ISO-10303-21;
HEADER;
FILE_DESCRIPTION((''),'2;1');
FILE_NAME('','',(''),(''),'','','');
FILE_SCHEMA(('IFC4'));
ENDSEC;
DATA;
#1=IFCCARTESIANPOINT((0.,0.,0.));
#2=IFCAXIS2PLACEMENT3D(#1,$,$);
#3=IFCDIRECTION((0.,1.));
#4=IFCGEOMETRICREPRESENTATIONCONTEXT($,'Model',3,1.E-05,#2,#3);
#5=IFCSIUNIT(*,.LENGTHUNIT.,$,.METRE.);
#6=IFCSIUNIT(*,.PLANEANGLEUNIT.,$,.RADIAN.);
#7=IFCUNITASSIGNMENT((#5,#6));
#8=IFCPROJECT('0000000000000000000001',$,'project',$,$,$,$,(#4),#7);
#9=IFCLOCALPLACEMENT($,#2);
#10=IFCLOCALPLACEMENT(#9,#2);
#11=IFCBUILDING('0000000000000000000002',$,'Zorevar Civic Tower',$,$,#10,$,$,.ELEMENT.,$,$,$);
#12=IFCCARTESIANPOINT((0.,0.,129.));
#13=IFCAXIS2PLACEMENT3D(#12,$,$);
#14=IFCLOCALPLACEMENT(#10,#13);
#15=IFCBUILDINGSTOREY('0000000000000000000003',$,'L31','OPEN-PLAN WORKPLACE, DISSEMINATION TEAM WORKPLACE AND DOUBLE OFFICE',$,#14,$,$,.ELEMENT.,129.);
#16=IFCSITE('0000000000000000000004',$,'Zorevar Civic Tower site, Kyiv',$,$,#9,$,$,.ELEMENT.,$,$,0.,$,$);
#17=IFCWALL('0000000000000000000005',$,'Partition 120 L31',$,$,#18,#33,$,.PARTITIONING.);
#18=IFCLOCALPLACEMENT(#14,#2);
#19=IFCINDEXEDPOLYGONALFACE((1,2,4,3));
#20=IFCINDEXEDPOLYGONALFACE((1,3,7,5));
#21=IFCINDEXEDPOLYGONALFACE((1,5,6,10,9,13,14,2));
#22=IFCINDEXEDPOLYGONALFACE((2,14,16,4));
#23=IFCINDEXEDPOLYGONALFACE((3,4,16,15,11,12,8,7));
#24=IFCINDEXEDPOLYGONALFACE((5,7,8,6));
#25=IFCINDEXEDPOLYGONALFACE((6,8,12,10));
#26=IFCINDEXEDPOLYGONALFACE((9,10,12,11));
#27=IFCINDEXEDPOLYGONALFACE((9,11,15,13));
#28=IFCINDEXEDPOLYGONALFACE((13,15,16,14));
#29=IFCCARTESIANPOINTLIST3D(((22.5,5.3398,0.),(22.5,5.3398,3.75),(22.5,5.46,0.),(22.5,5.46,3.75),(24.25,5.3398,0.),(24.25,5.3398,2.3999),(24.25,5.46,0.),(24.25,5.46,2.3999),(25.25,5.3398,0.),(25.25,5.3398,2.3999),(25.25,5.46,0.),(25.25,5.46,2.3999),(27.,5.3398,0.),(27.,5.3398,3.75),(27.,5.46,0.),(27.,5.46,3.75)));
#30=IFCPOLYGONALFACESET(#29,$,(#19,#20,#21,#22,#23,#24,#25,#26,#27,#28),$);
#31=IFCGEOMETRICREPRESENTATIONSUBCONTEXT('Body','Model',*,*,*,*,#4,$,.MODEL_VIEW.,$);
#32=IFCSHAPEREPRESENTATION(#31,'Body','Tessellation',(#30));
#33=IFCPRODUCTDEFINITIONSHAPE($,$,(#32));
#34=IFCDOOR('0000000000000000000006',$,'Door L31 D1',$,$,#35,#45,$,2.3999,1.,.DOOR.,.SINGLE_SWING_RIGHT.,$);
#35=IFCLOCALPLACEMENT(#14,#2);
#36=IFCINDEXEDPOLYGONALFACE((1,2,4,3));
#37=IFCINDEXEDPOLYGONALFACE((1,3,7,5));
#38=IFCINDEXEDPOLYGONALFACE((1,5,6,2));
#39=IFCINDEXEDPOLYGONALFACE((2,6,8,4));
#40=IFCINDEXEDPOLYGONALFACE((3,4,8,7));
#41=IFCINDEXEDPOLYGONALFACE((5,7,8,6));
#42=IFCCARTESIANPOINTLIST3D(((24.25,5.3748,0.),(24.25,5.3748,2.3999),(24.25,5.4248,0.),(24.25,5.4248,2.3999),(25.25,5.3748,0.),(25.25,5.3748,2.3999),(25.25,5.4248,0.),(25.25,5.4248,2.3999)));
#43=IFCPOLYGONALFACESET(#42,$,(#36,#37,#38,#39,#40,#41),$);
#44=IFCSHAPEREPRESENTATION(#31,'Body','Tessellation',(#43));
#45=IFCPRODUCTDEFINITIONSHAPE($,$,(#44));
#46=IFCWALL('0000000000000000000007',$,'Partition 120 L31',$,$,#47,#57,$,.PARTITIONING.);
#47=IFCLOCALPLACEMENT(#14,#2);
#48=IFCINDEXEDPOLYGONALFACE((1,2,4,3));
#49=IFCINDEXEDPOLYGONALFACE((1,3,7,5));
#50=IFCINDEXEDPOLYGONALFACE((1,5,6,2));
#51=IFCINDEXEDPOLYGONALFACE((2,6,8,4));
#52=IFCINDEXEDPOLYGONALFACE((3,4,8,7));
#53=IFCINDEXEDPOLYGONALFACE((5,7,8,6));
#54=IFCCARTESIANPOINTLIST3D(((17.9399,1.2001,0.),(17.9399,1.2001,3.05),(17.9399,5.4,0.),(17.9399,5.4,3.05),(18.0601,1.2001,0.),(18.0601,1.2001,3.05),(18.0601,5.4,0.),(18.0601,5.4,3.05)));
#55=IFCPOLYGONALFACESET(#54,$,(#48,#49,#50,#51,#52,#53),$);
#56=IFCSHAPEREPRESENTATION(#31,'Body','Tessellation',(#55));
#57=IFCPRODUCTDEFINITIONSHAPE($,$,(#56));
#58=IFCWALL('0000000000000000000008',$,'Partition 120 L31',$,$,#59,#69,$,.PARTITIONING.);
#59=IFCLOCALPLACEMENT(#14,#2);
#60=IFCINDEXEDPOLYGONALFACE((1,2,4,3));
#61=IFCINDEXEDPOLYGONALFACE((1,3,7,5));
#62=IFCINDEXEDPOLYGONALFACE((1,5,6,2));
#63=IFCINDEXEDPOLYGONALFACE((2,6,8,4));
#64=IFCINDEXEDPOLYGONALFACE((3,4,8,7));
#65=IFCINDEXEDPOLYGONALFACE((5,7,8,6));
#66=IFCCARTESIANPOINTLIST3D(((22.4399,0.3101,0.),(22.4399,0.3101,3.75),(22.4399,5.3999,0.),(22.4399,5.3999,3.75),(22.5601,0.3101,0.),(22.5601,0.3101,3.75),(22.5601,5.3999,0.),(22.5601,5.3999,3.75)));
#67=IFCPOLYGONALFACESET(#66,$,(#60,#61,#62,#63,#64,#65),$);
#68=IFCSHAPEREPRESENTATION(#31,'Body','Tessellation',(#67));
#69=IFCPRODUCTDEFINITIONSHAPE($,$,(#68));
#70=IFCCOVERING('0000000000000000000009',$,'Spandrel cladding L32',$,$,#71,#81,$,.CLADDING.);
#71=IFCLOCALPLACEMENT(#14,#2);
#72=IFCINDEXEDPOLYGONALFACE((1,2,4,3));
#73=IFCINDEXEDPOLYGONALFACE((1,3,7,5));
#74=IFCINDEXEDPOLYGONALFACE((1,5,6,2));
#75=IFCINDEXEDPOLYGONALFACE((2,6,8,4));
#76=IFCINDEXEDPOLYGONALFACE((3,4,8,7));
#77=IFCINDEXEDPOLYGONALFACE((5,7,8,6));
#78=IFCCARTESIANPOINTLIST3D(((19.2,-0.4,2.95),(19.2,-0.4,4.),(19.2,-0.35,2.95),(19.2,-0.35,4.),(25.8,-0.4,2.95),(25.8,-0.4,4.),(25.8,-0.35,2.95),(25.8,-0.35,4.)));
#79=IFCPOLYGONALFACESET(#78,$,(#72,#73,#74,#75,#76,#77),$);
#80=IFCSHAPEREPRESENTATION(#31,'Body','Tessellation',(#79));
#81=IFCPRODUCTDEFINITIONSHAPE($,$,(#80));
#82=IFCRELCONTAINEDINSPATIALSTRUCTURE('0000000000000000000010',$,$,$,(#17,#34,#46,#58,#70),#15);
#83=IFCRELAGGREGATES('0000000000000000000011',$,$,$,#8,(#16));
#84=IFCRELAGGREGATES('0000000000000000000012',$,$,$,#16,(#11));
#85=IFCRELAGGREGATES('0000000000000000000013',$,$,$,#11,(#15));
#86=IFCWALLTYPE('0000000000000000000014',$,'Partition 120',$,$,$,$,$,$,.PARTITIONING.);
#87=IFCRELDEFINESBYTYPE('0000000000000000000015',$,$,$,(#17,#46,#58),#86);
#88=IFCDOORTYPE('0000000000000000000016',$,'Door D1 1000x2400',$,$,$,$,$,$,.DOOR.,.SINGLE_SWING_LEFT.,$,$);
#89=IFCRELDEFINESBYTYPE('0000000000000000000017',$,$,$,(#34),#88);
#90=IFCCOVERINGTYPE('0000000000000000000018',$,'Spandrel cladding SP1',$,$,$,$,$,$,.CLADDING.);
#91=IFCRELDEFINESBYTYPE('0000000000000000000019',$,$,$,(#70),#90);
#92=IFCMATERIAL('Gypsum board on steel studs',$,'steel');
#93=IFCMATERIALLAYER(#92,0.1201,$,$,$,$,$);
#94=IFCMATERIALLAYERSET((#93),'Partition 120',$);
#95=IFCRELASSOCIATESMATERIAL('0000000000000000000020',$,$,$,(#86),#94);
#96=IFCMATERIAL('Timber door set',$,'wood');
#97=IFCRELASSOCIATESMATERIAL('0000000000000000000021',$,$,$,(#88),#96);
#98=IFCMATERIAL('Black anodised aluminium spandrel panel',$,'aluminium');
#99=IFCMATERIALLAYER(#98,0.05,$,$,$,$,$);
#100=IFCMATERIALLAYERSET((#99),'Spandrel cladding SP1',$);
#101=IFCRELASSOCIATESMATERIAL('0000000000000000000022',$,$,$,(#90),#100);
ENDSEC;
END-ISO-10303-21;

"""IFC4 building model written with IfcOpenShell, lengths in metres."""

from ifc_helpers import new_model, si_unit, direction, frame, frame_2d, origin, place, context, subcontext, project, spatial, rectangle, extrude, material, layer, layer_set, type_object, element, fill, save


model = new_model("IFC4")

# Units and contexts
model_context = context("Model", 3, precision=1e-05, world=origin(), true_north=direction((0.0, 1.0)))
body_context = subcontext(model_context, "Body", "Model", "MODEL_VIEW")
ifc_project = project(units=[si_unit("LENGTHUNIT", "METRE"), si_unit("PLANEANGLEUNIT", "RADIAN")], contexts=[model_context])

# Site, building, storey
site_placement = place(None, origin())
site = spatial("IfcSite", under=ifc_project, at=site_placement, Name="Zorevar Civic Tower site, Kyiv", CompositionType="ELEMENT", RefElevation=0.0)
building_placement = place(site_placement, origin())
building = spatial("IfcBuilding", under=site, at=building_placement, Name="Zorevar Civic Tower", CompositionType="ELEMENT")
storey_placement = place(building_placement, frame((0.0, 0.0, 129.0)))
storey = spatial("IfcBuildingStorey", under=building, at=storey_placement, Name="L31", Description="OPEN-PLAN WORKPLACE, DISSEMINATION TEAM WORKPLACE AND DOUBLE OFFICE", CompositionType="ELEMENT", Elevation=129.0)

# Wall, opening, door
ifc_material_1 = material(Name="Gypsum board on steel studs", Category="steel")
ifc_layer_1 = layer(ifc_material_1, 0.1201)
ifc_layer_set_1 = layer_set([ifc_layer_1], Name="Partition 120")
wall_type_1 = type_object("IfcWallType", Name="Partition 120", PredefinedType="PARTITIONING", material=ifc_layer_set_1)
ifc_material_2 = material(Name="Timber door set", Category="wood")
door_type_1 = type_object("IfcDoorType", Name="Door D1 1000x2400", OperationType="SINGLE_SWING_LEFT", PredefinedType="DOOR", material=ifc_material_2)
wall_1_placement = place(storey_placement, frame((22.5, 5.3999, 0.0), z_axis=(0.0, 0.0, 1.0), x_axis=(1.0, 0.0, 0.0)))
wall_1 = element("IfcWall", 1, at=wall_1_placement, inside=storey, type_object=wall_type_1, Name="Partition 120 L31", PredefinedType="PARTITIONING", context=body_context, shape_type="SweptSolid", body=[
    extrude(rectangle(XDim=4.5, YDim=0.1201, at=frame_2d((2.25, 0.0))), origin(), (0.0, 0.0, 1.0), 3.75),
])
opening_1_placement = place(wall_1_placement, frame((1.75, 0.0, 0.0)))
opening_1 = element("IfcOpeningElement", 2, at=opening_1_placement, cuts=wall_1, PredefinedType="OPENING", context=body_context, shape_type="SweptSolid", body=[
    extrude(rectangle(XDim=1.0, YDim=2.3999, at=frame_2d((0.5, 1.2))), frame((0.0, 0.0701, 0.0), z_axis=(0.0, -1.0, 0.0), x_axis=(1.0, 0.0, 0.0)), (0.0, 0.0, 1.0), 0.1401),
])
door_1_placement = place(opening_1_placement, origin())
door_1 = element("IfcDoor", 3, at=door_1_placement, inside=storey, type_object=door_type_1, Name="Door L31 D1", OperationType="SINGLE_SWING_RIGHT", OverallHeight=2.3999, OverallWidth=1.0, PredefinedType="DOOR", context=body_context, shape_type="SweptSolid", body=[
    extrude(rectangle(XDim=1.0, YDim=2.3999, at=frame_2d((0.5, 1.2))), frame((0.0, 0.0249, 0.0), z_axis=(0.0, -1.0, 0.0), x_axis=(1.0, 0.0, 0.0)), (0.0, 0.0, 1.0), 0.05),
])
fill(opening_1, door_1)

# Walls
wall_2_placement = place(storey_placement, frame((18.0, 1.2, 0.0), z_axis=(0.0, 0.0, 1.0), x_axis=(0.0, 1.0, 0.0)))
element("IfcWall", 4, at=wall_2_placement, inside=storey, type_object=wall_type_1, Name="Partition 120 L31", PredefinedType="PARTITIONING", context=body_context, shape_type="SweptSolid", body=[
    extrude(rectangle(XDim=4.2, YDim=0.1201, at=frame_2d((2.1001, 0.0))), origin(), (0.0, 0.0, 1.0), 3.05),
])
wall_3_placement = place(storey_placement, frame((22.5, 0.3101, 0.0), z_axis=(0.0, 0.0, 1.0), x_axis=(0.0, 1.0, 0.0)))
element("IfcWall", 5, at=wall_3_placement, inside=storey, type_object=wall_type_1, Name="Partition 120 L31", PredefinedType="PARTITIONING", context=body_context, shape_type="SweptSolid", body=[
    extrude(rectangle(XDim=5.0898, YDim=0.1201, at=frame_2d((2.5449, 0.0))), origin(), (0.0, 0.0, 1.0), 3.75),
])

# Covering
ifc_material_3 = material(Name="Black anodised aluminium spandrel panel", Category="aluminium")
ifc_layer_2 = layer(ifc_material_3, 0.05)
ifc_layer_set_2 = layer_set([ifc_layer_2], Name="Spandrel cladding SP1")
covering_type = type_object("IfcCoveringType", Name="Spandrel cladding SP1", PredefinedType="CLADDING", material=ifc_layer_set_2)
covering_placement = place(storey_placement, frame((19.2, -0.375, 2.95), z_axis=(0.0, 0.0, 1.0), x_axis=(1.0, 0.0, 0.0)))
element("IfcCovering", 6, at=covering_placement, inside=storey, type_object=covering_type, Name="Spandrel cladding L32", PredefinedType="CLADDING", context=body_context, shape_type="SweptSolid", body=[
    extrude(rectangle(XDim=6.6001, YDim=0.05, at=frame_2d((3.3, 0.0))), origin(), (0.0, 0.0, 1.0), 1.05),
])

save(model, "model.ifc")
